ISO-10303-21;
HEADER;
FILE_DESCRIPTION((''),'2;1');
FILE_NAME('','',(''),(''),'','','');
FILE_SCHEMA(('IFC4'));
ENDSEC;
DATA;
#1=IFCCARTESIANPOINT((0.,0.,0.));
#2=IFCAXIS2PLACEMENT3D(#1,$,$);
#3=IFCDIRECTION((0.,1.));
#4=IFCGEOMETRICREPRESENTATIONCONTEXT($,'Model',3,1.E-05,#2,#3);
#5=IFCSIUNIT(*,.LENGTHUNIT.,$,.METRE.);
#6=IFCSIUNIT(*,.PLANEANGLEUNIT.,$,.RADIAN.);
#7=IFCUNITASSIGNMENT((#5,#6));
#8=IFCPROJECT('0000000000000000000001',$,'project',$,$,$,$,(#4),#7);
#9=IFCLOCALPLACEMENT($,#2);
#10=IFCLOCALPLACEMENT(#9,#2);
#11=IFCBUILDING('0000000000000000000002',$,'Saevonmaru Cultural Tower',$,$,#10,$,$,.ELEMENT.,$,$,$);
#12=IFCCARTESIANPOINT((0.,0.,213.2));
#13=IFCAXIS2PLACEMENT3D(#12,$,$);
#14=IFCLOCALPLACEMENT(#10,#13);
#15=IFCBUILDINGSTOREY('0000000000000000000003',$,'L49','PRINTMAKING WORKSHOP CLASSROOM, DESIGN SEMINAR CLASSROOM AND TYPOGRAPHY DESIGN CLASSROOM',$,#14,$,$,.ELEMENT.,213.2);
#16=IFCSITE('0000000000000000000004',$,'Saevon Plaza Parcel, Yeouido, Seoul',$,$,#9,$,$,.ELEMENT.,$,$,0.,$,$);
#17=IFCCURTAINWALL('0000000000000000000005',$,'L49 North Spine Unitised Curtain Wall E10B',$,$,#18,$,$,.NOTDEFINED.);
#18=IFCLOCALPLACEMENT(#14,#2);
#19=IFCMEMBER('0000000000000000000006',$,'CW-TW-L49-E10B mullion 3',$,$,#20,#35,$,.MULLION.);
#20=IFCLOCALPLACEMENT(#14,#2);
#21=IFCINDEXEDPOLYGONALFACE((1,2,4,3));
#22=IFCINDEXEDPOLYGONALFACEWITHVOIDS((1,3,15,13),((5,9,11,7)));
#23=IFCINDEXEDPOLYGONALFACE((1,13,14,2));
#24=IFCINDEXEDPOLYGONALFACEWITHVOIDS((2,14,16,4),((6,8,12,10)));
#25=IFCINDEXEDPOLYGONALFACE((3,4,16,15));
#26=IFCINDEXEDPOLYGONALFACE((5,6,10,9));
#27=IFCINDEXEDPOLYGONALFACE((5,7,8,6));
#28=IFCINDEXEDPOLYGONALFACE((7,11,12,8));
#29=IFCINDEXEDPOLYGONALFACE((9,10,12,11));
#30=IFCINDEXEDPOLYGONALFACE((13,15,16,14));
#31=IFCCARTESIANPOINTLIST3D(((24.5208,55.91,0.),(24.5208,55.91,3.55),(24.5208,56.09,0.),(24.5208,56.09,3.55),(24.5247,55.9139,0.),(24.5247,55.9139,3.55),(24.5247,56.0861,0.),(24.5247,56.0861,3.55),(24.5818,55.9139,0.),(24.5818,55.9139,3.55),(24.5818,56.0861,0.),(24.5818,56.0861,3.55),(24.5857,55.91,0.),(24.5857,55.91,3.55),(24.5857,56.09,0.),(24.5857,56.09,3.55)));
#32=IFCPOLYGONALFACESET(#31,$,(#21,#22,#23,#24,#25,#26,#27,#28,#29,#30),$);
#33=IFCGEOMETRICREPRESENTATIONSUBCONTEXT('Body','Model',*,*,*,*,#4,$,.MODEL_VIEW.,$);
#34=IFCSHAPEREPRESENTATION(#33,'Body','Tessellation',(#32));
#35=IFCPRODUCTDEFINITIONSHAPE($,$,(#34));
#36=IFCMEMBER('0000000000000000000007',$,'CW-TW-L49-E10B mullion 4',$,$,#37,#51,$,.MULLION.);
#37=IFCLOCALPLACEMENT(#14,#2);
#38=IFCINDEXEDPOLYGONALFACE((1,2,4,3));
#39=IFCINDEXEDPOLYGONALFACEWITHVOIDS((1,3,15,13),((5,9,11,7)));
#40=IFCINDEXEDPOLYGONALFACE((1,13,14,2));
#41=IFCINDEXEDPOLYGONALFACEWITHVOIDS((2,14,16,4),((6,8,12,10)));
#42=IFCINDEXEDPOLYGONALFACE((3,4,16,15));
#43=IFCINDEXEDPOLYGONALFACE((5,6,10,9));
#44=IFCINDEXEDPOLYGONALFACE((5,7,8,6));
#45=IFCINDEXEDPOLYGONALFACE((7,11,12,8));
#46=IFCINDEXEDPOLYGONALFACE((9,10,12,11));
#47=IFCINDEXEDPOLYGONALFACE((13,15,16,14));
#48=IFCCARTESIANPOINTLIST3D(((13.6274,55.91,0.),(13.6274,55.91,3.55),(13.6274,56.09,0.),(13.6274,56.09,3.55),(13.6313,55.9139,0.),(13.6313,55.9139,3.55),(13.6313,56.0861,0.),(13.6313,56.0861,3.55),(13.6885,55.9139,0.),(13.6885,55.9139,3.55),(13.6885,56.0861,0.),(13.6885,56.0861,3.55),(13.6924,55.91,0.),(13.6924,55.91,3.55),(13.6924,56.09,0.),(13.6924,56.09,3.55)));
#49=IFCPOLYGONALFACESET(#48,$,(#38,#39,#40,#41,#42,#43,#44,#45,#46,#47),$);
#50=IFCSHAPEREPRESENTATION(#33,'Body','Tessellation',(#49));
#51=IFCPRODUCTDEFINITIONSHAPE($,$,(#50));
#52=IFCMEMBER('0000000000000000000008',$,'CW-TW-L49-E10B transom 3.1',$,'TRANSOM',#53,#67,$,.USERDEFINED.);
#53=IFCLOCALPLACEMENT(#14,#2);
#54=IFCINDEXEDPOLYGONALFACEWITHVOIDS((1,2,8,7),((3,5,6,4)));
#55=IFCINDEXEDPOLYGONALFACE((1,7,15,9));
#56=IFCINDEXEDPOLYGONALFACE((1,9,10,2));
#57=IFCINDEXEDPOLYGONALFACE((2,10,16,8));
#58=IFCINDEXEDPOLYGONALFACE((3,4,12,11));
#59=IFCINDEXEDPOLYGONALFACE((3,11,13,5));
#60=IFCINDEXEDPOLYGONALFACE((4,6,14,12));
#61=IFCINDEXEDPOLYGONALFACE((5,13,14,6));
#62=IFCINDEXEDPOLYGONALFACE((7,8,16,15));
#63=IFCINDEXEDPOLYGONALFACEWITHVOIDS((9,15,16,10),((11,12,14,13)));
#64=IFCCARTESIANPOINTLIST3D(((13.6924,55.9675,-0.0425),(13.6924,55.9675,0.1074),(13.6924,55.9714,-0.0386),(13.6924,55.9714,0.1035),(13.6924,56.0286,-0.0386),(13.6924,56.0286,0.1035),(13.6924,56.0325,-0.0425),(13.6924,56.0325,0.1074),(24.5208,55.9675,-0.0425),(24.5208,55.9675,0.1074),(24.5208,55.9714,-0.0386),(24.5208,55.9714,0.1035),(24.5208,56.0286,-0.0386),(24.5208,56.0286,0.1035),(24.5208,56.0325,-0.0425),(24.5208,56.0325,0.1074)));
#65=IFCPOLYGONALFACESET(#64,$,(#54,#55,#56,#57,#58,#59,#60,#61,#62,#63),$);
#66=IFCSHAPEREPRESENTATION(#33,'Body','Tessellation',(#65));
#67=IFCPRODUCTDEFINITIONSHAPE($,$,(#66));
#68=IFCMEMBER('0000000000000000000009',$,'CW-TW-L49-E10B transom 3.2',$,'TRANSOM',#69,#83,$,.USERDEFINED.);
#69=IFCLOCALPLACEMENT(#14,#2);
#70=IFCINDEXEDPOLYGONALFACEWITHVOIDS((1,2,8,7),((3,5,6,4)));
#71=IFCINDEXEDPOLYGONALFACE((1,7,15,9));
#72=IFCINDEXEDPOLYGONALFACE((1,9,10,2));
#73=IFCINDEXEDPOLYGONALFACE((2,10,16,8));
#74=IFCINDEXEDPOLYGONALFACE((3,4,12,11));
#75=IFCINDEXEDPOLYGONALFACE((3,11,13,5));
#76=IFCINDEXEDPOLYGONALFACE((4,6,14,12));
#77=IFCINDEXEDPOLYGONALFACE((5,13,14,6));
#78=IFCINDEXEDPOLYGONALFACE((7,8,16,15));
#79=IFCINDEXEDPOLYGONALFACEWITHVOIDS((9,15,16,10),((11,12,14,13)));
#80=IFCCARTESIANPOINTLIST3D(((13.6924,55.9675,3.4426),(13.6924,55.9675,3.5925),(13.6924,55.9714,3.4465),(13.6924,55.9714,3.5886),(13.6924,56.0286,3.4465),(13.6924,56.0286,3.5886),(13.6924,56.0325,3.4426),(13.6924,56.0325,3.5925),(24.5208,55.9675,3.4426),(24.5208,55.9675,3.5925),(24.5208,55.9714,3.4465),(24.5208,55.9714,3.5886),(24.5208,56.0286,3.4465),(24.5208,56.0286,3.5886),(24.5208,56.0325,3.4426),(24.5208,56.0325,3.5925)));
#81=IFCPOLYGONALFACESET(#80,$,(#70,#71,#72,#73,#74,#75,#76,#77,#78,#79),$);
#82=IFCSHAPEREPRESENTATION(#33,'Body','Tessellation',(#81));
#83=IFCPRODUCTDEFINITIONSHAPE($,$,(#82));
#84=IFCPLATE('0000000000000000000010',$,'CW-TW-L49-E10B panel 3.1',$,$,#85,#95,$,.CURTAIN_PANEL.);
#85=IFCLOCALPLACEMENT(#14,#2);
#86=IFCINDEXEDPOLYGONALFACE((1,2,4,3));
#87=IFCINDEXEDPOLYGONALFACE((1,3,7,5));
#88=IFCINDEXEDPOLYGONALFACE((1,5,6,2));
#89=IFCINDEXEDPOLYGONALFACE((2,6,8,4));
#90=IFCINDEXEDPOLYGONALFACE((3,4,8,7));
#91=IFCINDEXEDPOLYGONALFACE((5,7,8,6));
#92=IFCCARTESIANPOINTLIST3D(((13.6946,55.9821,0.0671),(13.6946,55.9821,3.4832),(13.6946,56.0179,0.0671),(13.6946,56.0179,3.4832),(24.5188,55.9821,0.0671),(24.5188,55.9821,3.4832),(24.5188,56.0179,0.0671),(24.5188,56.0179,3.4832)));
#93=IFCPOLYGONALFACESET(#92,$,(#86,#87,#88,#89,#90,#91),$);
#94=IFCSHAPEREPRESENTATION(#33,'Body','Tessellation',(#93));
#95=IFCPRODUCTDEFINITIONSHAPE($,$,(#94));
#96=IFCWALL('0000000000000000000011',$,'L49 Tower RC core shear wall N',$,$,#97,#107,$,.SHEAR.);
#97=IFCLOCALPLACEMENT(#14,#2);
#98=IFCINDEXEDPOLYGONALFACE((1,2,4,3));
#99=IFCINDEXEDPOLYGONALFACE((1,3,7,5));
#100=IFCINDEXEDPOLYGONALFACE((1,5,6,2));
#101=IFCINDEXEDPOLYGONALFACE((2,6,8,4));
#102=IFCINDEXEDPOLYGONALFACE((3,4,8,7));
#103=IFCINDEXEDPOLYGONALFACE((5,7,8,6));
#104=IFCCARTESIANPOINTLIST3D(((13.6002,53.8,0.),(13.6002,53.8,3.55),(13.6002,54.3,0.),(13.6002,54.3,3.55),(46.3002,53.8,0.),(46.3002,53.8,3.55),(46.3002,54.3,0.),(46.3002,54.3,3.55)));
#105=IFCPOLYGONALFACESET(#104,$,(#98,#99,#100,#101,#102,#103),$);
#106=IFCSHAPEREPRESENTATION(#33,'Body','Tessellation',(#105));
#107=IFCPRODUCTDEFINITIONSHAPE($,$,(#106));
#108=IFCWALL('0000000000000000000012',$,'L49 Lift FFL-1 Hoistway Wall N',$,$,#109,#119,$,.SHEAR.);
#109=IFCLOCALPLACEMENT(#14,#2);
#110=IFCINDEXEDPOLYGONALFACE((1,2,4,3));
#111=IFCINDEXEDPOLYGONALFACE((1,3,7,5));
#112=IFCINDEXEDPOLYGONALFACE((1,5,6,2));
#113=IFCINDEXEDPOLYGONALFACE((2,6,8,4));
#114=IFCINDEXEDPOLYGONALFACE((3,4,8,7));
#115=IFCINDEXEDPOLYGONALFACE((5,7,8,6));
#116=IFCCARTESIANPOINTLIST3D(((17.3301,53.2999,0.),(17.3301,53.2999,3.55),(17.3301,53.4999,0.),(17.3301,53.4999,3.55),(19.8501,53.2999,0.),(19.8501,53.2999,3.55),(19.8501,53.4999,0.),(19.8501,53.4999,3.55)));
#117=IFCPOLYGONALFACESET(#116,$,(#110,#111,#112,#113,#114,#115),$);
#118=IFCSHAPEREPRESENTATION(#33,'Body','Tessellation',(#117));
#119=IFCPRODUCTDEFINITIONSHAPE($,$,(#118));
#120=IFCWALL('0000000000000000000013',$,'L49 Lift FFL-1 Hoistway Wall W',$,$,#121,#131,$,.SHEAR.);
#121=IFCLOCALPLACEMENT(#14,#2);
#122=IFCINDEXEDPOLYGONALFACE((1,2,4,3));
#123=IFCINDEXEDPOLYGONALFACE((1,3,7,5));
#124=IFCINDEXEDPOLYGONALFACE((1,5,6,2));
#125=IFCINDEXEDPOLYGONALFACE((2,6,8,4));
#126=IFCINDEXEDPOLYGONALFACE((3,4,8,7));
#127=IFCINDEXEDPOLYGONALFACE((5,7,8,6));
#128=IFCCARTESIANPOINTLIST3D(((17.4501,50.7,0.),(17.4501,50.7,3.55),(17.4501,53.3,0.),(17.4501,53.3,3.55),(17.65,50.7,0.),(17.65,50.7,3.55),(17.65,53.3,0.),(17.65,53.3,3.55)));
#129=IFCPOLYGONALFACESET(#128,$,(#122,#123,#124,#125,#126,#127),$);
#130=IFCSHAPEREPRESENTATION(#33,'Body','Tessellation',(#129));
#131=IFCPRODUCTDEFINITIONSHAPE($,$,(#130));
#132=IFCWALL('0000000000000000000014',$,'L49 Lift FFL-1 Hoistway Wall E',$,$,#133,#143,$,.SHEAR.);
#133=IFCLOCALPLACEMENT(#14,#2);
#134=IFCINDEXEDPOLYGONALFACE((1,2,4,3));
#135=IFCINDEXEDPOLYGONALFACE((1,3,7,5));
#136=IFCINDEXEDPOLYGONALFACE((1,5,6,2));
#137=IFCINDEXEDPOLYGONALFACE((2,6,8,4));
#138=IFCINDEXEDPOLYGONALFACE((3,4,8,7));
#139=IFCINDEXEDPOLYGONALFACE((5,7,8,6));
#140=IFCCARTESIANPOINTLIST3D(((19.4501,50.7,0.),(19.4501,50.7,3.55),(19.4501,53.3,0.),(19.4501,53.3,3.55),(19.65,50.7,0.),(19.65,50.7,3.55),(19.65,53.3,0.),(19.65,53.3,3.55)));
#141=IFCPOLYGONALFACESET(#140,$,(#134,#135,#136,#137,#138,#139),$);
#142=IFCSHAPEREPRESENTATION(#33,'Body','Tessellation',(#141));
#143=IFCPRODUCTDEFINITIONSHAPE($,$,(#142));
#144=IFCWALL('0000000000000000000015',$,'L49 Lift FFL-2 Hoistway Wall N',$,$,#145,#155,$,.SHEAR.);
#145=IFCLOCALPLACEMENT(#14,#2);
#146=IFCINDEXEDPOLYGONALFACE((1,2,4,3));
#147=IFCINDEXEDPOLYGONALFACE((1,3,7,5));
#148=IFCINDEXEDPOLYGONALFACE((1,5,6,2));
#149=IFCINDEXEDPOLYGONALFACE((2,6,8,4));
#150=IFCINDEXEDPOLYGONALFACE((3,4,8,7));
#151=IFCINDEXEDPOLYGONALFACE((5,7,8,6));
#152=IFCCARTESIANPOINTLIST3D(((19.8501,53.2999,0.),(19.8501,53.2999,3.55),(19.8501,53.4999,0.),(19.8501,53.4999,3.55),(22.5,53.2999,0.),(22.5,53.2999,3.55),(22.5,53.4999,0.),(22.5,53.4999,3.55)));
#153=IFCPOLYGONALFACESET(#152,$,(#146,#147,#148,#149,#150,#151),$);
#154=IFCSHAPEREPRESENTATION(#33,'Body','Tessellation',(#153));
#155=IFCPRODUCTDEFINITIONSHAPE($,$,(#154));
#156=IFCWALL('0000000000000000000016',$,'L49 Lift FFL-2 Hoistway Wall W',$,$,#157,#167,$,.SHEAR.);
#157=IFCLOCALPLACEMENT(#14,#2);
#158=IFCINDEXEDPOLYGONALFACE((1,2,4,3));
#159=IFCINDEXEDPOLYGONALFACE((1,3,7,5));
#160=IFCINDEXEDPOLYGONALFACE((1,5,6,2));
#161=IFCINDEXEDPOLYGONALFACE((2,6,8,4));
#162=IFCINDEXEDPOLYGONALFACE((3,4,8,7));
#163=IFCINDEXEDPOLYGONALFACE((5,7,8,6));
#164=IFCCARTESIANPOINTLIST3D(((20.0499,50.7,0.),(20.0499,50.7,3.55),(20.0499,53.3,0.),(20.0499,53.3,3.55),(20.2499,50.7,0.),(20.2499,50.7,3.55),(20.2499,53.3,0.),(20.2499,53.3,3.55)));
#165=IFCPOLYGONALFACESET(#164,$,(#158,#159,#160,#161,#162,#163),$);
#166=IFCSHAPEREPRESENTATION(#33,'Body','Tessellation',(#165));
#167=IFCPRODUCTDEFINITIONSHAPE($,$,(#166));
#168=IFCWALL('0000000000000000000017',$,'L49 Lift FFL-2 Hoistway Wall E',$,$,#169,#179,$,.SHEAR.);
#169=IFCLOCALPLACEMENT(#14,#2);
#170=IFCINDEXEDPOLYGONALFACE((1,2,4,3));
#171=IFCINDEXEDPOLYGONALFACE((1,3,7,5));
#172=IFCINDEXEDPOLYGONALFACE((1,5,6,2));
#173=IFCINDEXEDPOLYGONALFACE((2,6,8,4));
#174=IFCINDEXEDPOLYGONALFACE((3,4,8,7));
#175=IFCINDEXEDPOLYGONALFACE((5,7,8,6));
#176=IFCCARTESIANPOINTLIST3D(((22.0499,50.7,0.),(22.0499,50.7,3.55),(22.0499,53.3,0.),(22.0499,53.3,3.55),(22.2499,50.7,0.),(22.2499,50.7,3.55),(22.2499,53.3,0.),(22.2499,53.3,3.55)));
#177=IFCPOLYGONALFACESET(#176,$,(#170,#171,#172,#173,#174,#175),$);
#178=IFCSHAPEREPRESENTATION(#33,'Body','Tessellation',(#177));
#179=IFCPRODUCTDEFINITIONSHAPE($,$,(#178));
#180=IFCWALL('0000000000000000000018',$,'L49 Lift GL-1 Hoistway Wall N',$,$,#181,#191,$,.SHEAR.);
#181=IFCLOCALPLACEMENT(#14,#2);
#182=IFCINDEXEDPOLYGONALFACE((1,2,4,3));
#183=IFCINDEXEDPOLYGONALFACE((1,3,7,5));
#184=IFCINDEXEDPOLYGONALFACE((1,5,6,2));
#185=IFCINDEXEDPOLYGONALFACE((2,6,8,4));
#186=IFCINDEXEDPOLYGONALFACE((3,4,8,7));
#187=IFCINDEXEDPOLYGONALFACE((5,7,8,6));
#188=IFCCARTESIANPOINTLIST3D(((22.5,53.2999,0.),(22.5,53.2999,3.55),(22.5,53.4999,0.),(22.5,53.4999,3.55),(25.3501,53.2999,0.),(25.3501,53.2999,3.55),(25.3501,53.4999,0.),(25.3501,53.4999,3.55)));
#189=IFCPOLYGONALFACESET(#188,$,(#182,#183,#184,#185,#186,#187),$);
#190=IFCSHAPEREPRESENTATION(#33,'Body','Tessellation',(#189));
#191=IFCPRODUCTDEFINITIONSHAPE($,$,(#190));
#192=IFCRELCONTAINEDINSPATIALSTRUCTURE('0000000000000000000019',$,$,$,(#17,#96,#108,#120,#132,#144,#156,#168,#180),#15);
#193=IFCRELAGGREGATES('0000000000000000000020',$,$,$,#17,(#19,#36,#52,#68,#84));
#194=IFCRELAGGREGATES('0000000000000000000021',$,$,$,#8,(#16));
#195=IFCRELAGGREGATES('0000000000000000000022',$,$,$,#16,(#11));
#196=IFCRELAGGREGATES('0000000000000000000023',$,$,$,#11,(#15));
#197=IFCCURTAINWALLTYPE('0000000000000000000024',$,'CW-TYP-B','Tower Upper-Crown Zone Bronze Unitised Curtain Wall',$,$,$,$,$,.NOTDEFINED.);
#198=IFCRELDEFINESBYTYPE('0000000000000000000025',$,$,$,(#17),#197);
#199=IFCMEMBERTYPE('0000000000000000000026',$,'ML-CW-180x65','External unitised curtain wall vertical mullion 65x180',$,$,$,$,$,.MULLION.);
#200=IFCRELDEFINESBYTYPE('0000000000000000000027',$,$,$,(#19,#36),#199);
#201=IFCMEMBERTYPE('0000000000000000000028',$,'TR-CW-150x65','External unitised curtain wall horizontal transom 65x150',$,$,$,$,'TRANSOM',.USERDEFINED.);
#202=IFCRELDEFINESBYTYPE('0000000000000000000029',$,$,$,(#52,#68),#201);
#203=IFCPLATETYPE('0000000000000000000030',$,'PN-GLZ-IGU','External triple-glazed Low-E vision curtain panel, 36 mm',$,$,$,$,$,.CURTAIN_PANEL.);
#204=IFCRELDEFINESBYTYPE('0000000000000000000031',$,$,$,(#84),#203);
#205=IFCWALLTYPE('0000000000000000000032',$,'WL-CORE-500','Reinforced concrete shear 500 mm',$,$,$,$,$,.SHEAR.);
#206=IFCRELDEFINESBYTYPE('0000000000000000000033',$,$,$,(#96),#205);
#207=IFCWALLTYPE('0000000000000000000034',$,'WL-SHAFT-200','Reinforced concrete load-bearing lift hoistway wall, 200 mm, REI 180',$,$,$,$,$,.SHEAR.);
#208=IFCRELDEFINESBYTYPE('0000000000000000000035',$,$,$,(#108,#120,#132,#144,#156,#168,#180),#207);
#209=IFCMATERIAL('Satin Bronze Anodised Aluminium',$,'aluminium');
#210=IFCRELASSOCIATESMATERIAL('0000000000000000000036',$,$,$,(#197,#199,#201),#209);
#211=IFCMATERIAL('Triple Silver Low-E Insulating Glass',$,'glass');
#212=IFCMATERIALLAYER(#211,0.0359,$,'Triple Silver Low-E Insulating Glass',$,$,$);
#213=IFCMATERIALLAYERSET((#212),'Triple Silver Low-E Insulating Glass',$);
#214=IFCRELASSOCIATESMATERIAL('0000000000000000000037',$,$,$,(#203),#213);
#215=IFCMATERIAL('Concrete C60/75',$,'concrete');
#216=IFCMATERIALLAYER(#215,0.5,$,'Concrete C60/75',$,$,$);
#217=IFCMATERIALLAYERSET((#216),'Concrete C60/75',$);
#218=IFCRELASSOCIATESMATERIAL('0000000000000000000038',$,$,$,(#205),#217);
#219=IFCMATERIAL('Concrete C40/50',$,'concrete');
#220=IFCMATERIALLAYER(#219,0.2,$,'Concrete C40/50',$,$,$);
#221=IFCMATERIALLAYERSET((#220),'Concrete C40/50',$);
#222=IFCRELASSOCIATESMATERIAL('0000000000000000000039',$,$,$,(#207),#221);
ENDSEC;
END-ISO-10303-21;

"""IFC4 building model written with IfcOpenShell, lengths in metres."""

from ifc_helpers import new_model, si_unit, direction, frame, frame_2d, origin, origin_2d, place, context, subcontext, project, spatial, rectangle, hollow_rectangle, extrude, material, layer, layer_set, material_profile, profile_set, type_object, element, aggregate, save


model = new_model("IFC4")

# Units and contexts
model_context = context("Model", 3, precision=1e-05, world=origin(), true_north=direction((0.0, 1.0)))
body_context = subcontext(model_context, "Body", "Model", "MODEL_VIEW")
ifc_project = project(units=[si_unit("LENGTHUNIT", "METRE"), si_unit("PLANEANGLEUNIT", "RADIAN")], contexts=[model_context])

# Site, building, storey
site_placement = place(None, origin())
site = spatial("IfcSite", under=ifc_project, at=site_placement, Name="Saevon Plaza Parcel, Yeouido, Seoul", CompositionType="ELEMENT", RefElevation=0.0)
building_placement = place(site_placement, origin())
building = spatial("IfcBuilding", under=site, at=building_placement, Name="Saevonmaru Cultural Tower", CompositionType="ELEMENT")
storey_placement = place(building_placement, frame((0.0, 0.0, 213.2)))
storey = spatial("IfcBuildingStorey", under=building, at=storey_placement, Name="L49", Description="PRINTMAKING WORKSHOP CLASSROOM, DESIGN SEMINAR CLASSROOM AND TYPOGRAPHY DESIGN CLASSROOM", CompositionType="ELEMENT", Elevation=213.2)

# Curtain wall, members, plate
ifc_material_1 = material(Name="Satin Bronze Anodised Aluminium", Category="aluminium")
curtain_wall_type = type_object("IfcCurtainWallType", Name="CW-TYP-B", Description="Tower Upper-Crown Zone Bronze Unitised Curtain Wall", PredefinedType="NOTDEFINED", material=ifc_material_1)
curtain_wall_placement = place(storey_placement, origin())
curtain_wall = element("IfcCurtainWall", 1, at=curtain_wall_placement, inside=storey, type_object=curtain_wall_type, Name="L49 North Spine Unitised Curtain Wall E10B", PredefinedType="NOTDEFINED")
ifc_material_profile_1 = material_profile(ifc_material_1, hollow_rectangle(XDim=0.0649, YDim=0.1799, WallThickness=0.0039, at=origin_2d()), Name="ALU-MULL-180x65x4")
ifc_profile_set_1 = profile_set([ifc_material_profile_1], Name="Satin Bronze Anodised Aluminium")
member_type_1 = type_object("IfcMemberType", Name="ML-CW-180x65", Description="External unitised curtain wall vertical mullion 65x180", PredefinedType="MULLION", material=ifc_profile_set_1)
member_1_placement = place(storey_placement, frame((24.5532, 56.0, 0.0), z_axis=(0.0, 0.0, 1.0), x_axis=(-1.0, 0.0, 0.0)))
member_1 = element("IfcMember", 2, at=member_1_placement, type_object=member_type_1, Name="CW-TW-L49-E10B mullion 3", PredefinedType="MULLION", context=body_context, shape_type="SweptSolid", body=[
    extrude(hollow_rectangle(XDim=0.0649, YDim=0.1799, WallThickness=0.0039, at=origin_2d()), origin(), (0.0, 0.0, 1.0), 3.55),
])
member_2_placement = place(storey_placement, frame((13.6599, 56.0, 0.0), z_axis=(0.0, 0.0, 1.0), x_axis=(-1.0, 0.0, 0.0)))
member_2 = element("IfcMember", 3, at=member_2_placement, type_object=member_type_1, Name="CW-TW-L49-E10B mullion 4", PredefinedType="MULLION", context=body_context, shape_type="SweptSolid", body=[
    extrude(hollow_rectangle(XDim=0.0649, YDim=0.1799, WallThickness=0.0039, at=origin_2d()), origin(), (0.0, 0.0, 1.0), 3.55),
])
ifc_material_profile_2 = material_profile(ifc_material_1, hollow_rectangle(XDim=0.0649, YDim=0.1499, WallThickness=0.0039, at=origin_2d()), Name="ALU-TRAN-150x65x4")
ifc_profile_set_2 = profile_set([ifc_material_profile_2], Name="Satin Bronze Anodised Aluminium")
member_type_2 = type_object("IfcMemberType", Name="TR-CW-150x65", Description="External unitised curtain wall horizontal transom 65x150", ElementType="TRANSOM", PredefinedType="USERDEFINED", material=ifc_profile_set_2)
member_3_placement = place(storey_placement, frame((24.5208, 56.0, 0.0325), z_axis=(-1.0, 0.0, 0.0), x_axis=(0.0, -1.0, 0.0)))
member_3 = element("IfcMember", 4, at=member_3_placement, type_object=member_type_2, Name="CW-TW-L49-E10B transom 3.1", ObjectType="TRANSOM", PredefinedType="USERDEFINED", context=body_context, shape_type="SweptSolid", body=[
    extrude(hollow_rectangle(XDim=0.0649, YDim=0.1499, WallThickness=0.0039, at=origin_2d()), origin(), (0.0, 0.0, 1.0), 10.8284),
])
member_4_placement = place(storey_placement, frame((24.5208, 56.0, 3.5176), z_axis=(-1.0, 0.0, 0.0), x_axis=(0.0, -1.0, 0.0)))
member_4 = element("IfcMember", 5, at=member_4_placement, type_object=member_type_2, Name="CW-TW-L49-E10B transom 3.2", ObjectType="TRANSOM", PredefinedType="USERDEFINED", context=body_context, shape_type="SweptSolid", body=[
    extrude(hollow_rectangle(XDim=0.0649, YDim=0.1499, WallThickness=0.0039, at=origin_2d()), origin(), (0.0, 0.0, 1.0), 10.8284),
])
ifc_material_2 = material(Name="Triple Silver Low-E Insulating Glass", Category="glass")
ifc_layer_1 = layer(ifc_material_2, 0.0359, Name="Triple Silver Low-E Insulating Glass")
ifc_layer_set_1 = layer_set([ifc_layer_1], Name="Triple Silver Low-E Insulating Glass")
plate_type = type_object("IfcPlateType", Name="PN-GLZ-IGU", Description="External triple-glazed Low-E vision curtain panel, 36 mm", PredefinedType="CURTAIN_PANEL", material=ifc_layer_set_1)
plate_placement = place(storey_placement, frame((19.1067, 56.0, 0.0671), z_axis=(0.0, 0.0, 1.0), x_axis=(-1.0, 0.0, 0.0)))
plate = element("IfcPlate", 6, at=plate_placement, type_object=plate_type, Name="CW-TW-L49-E10B panel 3.1", PredefinedType="CURTAIN_PANEL", context=body_context, shape_type="SweptSolid", body=[
    extrude(rectangle(XDim=10.8242, YDim=0.0359, at=origin_2d()), origin(), (0.0, 0.0, 1.0), 3.416),
])
aggregate(curtain_wall, [member_1, member_2, member_3, member_4, plate])

# Walls
ifc_material_3 = material(Name="Concrete C60/75", Category="concrete")
ifc_layer_2 = layer(ifc_material_3, 0.5, Name="Concrete C60/75")
ifc_layer_set_2 = layer_set([ifc_layer_2], Name="Concrete C60/75")
wall_type_1 = type_object("IfcWallType", Name="WL-CORE-500", Description="Reinforced concrete shear 500 mm", PredefinedType="SHEAR", material=ifc_layer_set_2)
wall_1_placement = place(storey_placement, frame((13.6001, 54.05, 0.0), z_axis=(0.0, 0.0, 1.0), x_axis=(1.0, 0.0, 0.0)))
element("IfcWall", 7, at=wall_1_placement, inside=storey, type_object=wall_type_1, Name="L49 Tower RC core shear wall N", PredefinedType="SHEAR", context=body_context, shape_type="SweptSolid", body=[
    extrude(rectangle(XDim=32.7, YDim=0.5, at=frame_2d((16.3501, 0.0))), origin(), (0.0, 0.0, 1.0), 3.55),
])
ifc_material_4 = material(Name="Concrete C40/50", Category="concrete")
ifc_layer_3 = layer(ifc_material_4, 0.2, Name="Concrete C40/50")
ifc_layer_set_3 = layer_set([ifc_layer_3], Name="Concrete C40/50")
wall_type_2 = type_object("IfcWallType", Name="WL-SHAFT-200", Description="Reinforced concrete load-bearing lift hoistway wall, 200 mm, REI 180", PredefinedType="SHEAR", material=ifc_layer_set_3)
wall_2_placement = place(storey_placement, frame((17.3301, 53.3999, 0.0), z_axis=(0.0, 0.0, 1.0), x_axis=(1.0, 0.0, 0.0)))
element("IfcWall", 8, at=wall_2_placement, inside=storey, type_object=wall_type_2, Name="L49 Lift FFL-1 Hoistway Wall N", PredefinedType="SHEAR", context=body_context, shape_type="SweptSolid", body=[
    extrude(rectangle(XDim=2.52, YDim=0.2, at=frame_2d((1.26, 0.0))), origin(), (0.0, 0.0, 1.0), 3.55),
])
for number, where, z_axis, x_axis, name in (
    (9, (17.55, 50.7, 0.0), (0.0, 0.0, 1.0), (0.0, 1.0, 0.0), "L49 Lift FFL-1 Hoistway Wall W"),
    (10, (19.55, 50.7, 0.0), (0.0, 0.0, 1.0), (0.0, 1.0, 0.0), "L49 Lift FFL-1 Hoistway Wall E"),
):
    element("IfcWall", number, at=place(storey_placement, frame(where, z_axis=z_axis, x_axis=x_axis)), inside=storey, type_object=wall_type_2, Name=name, PredefinedType="SHEAR", context=body_context, shape_type="SweptSolid", body=[
        extrude(rectangle(XDim=2.6001, YDim=0.2, at=frame_2d((1.3, 0.0))), origin(), (0.0, 0.0, 1.0), 3.55),
    ])
wall_3_placement = place(storey_placement, frame((19.8501, 53.3999, 0.0), z_axis=(0.0, 0.0, 1.0), x_axis=(1.0, 0.0, 0.0)))
element("IfcWall", 11, at=wall_3_placement, inside=storey, type_object=wall_type_2, Name="L49 Lift FFL-2 Hoistway Wall N", PredefinedType="SHEAR", context=body_context, shape_type="SweptSolid", body=[
    extrude(rectangle(XDim=2.6499, YDim=0.2, at=frame_2d((1.325, 0.0))), origin(), (0.0, 0.0, 1.0), 3.55),
])
for number, where, z_axis, x_axis, name in (
    (12, (20.1499, 50.7, 0.0), (0.0, 0.0, 1.0), (0.0, 1.0, 0.0), "L49 Lift FFL-2 Hoistway Wall W"),
    (13, (22.1499, 50.7, 0.0), (0.0, 0.0, 1.0), (0.0, 1.0, 0.0), "L49 Lift FFL-2 Hoistway Wall E"),
):
    element("IfcWall", number, at=place(storey_placement, frame(where, z_axis=z_axis, x_axis=x_axis)), inside=storey, type_object=wall_type_2, Name=name, PredefinedType="SHEAR", context=body_context, shape_type="SweptSolid", body=[
        extrude(rectangle(XDim=2.6001, YDim=0.2, at=frame_2d((1.3, 0.0))), origin(), (0.0, 0.0, 1.0), 3.55),
    ])
wall_4_placement = place(storey_placement, frame((22.5, 53.3999, 0.0), z_axis=(0.0, 0.0, 1.0), x_axis=(1.0, 0.0, 0.0)))
element("IfcWall", 14, at=wall_4_placement, inside=storey, type_object=wall_type_2, Name="L49 Lift GL-1 Hoistway Wall N", PredefinedType="SHEAR", context=body_context, shape_type="SweptSolid", body=[
    extrude(rectangle(XDim=2.8501, YDim=0.2, at=frame_2d((1.425, 0.0))), origin(), (0.0, 0.0, 1.0), 3.55),
])

save(model, "model.ifc")
